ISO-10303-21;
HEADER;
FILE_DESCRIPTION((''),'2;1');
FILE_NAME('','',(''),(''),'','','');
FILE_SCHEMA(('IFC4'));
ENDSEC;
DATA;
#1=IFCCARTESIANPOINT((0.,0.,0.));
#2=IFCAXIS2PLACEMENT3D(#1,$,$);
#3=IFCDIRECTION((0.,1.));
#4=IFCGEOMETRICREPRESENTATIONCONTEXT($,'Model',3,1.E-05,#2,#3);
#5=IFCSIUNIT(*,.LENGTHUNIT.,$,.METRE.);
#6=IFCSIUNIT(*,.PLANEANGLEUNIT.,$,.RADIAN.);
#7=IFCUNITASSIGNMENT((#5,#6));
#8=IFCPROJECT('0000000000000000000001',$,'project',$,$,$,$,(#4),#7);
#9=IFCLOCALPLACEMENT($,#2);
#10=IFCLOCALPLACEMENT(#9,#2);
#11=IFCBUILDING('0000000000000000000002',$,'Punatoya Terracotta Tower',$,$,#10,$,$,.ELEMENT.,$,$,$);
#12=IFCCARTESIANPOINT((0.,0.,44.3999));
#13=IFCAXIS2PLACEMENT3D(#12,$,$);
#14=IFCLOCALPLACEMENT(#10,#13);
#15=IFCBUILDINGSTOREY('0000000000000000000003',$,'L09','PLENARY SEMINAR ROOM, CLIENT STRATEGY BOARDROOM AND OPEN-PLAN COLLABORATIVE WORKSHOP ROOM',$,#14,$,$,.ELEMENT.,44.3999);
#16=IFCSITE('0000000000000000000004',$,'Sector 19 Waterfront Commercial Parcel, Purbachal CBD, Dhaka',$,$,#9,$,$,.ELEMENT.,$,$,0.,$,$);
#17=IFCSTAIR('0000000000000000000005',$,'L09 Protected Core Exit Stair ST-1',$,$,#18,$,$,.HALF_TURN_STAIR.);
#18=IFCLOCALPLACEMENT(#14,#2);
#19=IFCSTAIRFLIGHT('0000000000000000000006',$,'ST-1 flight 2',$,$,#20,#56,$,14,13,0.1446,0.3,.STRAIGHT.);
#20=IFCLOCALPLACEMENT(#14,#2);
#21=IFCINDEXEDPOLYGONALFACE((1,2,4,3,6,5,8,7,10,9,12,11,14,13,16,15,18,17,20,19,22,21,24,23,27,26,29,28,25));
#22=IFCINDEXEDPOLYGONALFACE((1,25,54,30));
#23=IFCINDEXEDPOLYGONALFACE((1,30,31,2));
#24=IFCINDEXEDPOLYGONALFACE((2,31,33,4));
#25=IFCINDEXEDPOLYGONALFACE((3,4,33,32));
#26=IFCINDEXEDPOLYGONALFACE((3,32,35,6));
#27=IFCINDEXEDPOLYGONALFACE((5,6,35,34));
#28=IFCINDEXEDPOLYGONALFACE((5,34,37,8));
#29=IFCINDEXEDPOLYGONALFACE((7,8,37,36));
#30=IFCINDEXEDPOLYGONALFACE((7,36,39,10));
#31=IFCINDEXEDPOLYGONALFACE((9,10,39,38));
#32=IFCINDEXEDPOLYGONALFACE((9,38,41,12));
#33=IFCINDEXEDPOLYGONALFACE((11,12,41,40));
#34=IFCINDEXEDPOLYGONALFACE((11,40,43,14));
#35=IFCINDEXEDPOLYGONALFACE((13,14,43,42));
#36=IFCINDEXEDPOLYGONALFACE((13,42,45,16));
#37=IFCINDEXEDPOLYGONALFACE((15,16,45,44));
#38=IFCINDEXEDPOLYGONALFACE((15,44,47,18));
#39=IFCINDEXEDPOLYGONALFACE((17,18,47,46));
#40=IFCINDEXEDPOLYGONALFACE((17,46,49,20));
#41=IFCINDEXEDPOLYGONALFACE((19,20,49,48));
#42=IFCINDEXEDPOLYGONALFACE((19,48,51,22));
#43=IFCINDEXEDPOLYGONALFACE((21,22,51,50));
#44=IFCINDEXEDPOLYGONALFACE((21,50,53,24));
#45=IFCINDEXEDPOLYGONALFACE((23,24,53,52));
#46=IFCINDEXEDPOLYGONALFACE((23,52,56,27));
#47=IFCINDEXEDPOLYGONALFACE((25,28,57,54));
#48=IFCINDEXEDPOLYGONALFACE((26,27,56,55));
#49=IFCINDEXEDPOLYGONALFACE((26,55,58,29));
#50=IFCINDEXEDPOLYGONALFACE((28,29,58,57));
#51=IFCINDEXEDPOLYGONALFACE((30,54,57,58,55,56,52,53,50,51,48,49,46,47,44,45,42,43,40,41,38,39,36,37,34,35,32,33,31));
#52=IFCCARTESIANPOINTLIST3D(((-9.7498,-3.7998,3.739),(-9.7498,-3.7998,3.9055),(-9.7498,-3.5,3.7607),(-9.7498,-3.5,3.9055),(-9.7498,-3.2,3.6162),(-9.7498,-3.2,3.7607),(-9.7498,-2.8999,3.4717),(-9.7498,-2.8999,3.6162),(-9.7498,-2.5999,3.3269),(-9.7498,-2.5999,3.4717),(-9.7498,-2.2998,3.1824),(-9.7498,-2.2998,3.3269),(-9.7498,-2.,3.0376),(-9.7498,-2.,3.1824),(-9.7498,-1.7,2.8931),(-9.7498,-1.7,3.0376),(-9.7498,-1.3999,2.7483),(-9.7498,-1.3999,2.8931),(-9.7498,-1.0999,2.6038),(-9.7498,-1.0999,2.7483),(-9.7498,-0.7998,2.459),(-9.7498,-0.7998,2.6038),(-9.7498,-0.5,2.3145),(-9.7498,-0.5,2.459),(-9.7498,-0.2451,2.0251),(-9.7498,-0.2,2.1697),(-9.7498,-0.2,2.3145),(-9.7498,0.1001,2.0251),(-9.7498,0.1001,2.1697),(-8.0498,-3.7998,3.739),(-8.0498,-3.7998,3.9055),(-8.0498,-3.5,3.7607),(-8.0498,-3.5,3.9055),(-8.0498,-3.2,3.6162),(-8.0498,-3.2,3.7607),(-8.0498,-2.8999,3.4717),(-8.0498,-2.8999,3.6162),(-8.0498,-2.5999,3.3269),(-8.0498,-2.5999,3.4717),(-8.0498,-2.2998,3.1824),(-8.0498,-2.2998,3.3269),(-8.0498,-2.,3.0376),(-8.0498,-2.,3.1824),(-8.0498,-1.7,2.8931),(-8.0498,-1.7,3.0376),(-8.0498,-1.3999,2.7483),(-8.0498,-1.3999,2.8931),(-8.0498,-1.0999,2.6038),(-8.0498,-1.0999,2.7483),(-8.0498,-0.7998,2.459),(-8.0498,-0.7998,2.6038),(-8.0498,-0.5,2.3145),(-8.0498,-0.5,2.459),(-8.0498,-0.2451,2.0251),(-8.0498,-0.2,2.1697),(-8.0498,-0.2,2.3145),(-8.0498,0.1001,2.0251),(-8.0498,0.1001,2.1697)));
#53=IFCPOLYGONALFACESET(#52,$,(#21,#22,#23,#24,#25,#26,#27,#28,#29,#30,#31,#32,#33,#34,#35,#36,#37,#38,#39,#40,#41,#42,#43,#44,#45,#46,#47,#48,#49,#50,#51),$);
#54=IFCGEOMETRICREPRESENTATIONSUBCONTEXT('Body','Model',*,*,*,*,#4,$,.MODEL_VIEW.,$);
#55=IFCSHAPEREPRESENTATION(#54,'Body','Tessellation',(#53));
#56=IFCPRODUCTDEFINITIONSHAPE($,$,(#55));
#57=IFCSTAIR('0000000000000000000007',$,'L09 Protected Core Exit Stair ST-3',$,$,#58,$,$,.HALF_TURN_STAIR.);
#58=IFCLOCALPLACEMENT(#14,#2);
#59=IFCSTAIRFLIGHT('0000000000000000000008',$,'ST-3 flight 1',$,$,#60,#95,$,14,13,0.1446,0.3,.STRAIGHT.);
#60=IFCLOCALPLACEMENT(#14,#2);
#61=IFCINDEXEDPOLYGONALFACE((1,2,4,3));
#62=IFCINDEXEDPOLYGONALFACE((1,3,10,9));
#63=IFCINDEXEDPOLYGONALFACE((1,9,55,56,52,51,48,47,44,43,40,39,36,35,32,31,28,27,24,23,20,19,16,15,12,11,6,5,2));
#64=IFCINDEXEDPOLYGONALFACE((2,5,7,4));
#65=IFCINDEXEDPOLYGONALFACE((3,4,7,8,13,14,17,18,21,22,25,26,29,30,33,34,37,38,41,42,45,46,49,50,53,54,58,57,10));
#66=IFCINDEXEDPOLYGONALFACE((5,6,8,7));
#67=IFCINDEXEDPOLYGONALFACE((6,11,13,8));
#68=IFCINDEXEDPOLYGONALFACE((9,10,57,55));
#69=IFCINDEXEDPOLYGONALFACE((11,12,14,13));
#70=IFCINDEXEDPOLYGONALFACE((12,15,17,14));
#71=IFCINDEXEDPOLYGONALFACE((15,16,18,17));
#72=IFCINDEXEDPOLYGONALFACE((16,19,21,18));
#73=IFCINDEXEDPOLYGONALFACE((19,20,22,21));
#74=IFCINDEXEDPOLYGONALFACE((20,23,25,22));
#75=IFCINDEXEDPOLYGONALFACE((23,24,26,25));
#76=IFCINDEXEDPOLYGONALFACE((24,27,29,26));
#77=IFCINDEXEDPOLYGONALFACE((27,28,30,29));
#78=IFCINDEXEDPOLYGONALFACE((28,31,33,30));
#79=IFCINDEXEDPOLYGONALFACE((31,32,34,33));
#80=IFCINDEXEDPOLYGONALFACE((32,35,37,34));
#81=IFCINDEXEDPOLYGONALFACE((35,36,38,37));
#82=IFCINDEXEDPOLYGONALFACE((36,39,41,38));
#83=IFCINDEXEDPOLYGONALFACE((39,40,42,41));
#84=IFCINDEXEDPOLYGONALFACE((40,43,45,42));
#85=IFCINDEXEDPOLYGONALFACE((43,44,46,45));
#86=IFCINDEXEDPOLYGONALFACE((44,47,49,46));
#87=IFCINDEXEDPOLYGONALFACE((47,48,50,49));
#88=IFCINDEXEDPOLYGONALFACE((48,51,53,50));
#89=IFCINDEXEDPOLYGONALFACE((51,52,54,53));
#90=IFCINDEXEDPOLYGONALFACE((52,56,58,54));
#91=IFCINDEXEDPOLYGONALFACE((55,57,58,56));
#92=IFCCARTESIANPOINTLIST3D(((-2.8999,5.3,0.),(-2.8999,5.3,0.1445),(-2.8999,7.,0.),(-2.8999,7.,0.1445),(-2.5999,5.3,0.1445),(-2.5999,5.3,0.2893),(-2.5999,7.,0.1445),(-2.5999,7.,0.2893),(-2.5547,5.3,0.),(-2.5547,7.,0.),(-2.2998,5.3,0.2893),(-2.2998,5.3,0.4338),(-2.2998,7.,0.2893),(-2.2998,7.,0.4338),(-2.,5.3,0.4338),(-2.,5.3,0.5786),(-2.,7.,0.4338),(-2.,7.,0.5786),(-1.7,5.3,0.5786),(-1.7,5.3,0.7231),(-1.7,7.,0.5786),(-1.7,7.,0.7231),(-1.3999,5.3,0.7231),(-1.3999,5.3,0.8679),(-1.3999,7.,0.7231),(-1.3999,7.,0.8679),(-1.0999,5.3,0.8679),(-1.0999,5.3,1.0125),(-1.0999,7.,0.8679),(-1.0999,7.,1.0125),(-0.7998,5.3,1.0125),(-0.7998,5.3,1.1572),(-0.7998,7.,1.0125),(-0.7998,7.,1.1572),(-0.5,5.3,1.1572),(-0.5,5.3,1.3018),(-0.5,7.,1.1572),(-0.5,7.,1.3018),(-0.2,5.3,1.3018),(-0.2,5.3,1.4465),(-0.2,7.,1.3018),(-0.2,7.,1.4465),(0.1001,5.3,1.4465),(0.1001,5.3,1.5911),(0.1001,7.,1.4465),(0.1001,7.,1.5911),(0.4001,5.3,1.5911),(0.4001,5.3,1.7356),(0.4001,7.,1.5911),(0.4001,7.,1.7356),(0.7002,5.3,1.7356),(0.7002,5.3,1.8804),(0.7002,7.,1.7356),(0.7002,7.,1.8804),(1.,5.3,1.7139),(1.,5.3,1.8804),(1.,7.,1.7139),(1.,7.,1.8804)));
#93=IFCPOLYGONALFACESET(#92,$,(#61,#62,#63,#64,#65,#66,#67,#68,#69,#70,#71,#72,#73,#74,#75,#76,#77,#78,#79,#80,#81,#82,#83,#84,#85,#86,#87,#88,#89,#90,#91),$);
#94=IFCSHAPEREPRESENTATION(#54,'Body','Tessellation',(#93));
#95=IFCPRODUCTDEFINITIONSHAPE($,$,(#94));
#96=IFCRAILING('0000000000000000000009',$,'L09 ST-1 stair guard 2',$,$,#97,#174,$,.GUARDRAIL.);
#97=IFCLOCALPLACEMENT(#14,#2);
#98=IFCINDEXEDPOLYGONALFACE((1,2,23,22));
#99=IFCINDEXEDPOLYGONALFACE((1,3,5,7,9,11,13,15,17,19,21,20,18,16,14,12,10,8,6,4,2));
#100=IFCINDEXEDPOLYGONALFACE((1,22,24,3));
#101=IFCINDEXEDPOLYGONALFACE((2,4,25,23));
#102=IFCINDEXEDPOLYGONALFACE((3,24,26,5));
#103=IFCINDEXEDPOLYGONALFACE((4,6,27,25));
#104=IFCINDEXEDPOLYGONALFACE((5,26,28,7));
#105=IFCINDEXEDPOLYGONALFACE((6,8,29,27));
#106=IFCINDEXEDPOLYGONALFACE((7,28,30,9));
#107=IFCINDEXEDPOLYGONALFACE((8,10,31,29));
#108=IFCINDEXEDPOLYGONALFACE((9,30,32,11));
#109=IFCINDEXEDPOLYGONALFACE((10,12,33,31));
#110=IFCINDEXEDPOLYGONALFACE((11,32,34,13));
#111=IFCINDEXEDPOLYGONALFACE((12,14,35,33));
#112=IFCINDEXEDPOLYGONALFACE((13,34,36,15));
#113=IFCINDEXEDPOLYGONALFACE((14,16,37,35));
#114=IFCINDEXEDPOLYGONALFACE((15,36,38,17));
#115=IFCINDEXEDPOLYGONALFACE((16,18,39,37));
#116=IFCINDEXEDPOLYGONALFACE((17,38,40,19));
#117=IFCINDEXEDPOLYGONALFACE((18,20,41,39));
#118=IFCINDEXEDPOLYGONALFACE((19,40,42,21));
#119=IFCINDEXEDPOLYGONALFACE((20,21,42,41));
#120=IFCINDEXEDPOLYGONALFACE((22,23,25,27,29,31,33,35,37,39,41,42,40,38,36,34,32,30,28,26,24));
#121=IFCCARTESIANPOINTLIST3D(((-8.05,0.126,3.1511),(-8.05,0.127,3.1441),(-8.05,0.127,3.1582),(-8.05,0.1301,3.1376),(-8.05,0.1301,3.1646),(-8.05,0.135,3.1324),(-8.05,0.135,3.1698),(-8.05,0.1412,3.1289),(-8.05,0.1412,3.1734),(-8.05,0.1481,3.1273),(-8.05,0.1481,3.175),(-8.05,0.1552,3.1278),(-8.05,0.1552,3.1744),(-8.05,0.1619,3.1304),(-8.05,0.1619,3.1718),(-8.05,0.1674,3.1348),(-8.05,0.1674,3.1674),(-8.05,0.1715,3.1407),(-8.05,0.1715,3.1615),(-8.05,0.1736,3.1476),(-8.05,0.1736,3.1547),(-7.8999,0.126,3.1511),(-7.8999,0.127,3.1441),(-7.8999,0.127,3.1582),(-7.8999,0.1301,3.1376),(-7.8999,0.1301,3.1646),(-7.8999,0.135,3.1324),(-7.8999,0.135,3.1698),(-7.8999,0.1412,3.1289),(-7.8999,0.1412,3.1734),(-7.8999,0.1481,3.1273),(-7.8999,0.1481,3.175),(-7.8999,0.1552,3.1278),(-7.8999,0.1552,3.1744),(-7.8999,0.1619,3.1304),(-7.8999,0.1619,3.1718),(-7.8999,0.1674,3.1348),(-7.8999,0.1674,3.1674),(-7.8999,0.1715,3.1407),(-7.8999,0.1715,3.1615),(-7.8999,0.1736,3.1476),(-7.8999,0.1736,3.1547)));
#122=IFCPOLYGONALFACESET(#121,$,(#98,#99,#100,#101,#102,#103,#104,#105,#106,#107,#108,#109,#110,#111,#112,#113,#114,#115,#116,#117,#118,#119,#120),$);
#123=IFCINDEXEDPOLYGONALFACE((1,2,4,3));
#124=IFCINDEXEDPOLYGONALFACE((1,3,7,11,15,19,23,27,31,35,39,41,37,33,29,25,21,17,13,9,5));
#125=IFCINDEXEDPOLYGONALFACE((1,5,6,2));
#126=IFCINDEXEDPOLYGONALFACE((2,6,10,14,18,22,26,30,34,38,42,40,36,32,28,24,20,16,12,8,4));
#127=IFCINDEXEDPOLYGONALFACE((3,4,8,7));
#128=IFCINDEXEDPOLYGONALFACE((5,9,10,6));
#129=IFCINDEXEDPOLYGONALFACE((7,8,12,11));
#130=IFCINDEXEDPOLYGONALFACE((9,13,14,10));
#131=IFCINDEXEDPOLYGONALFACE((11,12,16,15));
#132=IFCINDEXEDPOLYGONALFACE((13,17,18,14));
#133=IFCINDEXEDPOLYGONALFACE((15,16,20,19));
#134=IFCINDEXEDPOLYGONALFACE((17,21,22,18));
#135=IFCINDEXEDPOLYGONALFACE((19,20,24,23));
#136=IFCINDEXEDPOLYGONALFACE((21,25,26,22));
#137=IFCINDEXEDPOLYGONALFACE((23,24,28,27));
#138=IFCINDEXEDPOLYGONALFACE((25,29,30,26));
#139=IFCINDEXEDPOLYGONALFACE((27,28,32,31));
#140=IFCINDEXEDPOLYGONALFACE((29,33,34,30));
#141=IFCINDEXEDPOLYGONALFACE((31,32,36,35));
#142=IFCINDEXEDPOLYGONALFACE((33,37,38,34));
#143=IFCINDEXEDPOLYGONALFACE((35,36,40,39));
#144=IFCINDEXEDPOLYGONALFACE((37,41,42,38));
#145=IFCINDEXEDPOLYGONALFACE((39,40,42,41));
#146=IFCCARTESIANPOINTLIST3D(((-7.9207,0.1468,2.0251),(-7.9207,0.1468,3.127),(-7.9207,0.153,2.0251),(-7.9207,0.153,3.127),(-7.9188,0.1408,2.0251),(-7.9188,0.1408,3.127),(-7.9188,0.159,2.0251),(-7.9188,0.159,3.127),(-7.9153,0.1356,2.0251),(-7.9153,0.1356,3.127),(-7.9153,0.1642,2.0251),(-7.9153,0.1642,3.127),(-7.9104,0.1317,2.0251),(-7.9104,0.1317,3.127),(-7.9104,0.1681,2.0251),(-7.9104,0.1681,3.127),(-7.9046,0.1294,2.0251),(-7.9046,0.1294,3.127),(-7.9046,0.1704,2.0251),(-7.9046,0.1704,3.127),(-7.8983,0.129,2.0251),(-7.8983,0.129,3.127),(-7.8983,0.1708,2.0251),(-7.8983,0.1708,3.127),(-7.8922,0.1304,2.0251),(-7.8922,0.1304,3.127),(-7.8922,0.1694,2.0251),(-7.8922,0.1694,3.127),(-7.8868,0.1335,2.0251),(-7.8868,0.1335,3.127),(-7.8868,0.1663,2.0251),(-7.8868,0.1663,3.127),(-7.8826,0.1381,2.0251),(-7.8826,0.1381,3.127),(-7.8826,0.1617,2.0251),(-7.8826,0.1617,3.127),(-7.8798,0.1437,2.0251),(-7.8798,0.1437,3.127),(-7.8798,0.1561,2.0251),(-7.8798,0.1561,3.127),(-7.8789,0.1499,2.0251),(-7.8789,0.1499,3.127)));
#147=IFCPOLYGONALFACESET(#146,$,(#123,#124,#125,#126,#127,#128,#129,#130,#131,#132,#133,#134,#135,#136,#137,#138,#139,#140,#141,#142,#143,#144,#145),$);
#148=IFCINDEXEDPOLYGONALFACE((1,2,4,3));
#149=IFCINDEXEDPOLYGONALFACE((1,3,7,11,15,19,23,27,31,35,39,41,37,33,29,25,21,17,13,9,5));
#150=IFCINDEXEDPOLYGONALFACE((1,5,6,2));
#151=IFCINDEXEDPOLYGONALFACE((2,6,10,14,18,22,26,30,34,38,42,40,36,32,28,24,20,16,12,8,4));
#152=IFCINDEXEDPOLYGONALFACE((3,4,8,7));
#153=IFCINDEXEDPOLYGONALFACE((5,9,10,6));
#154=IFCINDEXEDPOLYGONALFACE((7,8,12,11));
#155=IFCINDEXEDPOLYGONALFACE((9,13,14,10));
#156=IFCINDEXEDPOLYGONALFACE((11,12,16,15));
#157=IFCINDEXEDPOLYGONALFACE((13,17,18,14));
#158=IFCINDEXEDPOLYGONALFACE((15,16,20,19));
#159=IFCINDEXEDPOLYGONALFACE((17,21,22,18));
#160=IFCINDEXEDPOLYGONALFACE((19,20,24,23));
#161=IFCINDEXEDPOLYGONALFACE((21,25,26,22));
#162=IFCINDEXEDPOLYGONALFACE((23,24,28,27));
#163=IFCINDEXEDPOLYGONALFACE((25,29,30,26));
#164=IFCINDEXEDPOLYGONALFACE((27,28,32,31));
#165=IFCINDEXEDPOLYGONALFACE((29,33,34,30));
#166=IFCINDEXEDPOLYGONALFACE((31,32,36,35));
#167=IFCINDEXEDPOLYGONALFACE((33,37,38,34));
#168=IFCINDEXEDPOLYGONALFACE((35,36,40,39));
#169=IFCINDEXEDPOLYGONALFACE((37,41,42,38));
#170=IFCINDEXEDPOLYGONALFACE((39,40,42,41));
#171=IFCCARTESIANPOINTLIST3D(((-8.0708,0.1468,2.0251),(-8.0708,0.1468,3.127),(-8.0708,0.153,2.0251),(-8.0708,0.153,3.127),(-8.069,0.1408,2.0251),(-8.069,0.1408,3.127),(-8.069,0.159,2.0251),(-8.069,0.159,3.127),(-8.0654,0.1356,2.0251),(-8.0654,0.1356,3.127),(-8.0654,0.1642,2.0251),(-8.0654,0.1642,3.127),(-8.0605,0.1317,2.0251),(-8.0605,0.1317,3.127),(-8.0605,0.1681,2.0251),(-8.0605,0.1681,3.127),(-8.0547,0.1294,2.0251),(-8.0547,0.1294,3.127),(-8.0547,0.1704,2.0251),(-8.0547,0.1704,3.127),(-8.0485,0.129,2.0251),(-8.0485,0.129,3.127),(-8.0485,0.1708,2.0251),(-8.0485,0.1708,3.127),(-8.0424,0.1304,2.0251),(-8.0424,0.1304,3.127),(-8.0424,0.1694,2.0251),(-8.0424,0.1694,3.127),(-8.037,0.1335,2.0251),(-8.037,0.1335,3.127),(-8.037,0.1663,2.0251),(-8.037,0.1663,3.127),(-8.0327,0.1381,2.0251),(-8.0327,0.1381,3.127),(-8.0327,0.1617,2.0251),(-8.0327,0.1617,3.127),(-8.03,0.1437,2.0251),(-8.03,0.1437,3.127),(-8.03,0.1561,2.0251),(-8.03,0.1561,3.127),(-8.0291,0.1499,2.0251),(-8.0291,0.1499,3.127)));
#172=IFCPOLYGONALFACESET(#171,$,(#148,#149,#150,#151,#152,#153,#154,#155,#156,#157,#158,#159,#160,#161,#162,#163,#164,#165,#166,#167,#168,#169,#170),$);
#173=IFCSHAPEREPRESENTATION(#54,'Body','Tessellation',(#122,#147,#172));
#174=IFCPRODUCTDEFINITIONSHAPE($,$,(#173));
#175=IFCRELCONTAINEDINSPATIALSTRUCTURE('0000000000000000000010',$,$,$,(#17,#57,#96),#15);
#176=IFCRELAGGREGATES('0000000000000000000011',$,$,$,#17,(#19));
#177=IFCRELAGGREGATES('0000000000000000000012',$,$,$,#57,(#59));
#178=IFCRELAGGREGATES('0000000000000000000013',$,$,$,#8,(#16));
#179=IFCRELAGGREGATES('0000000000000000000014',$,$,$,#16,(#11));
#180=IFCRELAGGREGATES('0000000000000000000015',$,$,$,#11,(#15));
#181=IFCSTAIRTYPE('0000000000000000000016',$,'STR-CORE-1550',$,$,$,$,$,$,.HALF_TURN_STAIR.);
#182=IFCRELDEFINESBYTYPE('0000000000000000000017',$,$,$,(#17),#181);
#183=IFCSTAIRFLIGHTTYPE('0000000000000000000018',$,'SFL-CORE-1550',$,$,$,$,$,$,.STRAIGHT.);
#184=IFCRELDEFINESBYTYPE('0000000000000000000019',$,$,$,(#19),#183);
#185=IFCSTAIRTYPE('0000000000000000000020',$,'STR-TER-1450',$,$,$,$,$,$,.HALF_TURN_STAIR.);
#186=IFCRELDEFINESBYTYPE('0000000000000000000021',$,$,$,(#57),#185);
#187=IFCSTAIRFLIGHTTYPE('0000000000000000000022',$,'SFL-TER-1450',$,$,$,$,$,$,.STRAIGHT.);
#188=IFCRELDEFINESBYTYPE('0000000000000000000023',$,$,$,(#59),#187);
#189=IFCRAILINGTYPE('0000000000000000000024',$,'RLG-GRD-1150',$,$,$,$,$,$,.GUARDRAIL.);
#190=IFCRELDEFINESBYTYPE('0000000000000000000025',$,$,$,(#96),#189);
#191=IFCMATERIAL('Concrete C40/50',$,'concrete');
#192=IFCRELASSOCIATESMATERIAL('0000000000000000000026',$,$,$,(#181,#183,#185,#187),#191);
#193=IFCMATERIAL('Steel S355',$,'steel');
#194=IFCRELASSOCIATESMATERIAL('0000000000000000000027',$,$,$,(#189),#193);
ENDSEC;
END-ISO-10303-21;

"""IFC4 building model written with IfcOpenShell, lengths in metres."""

from ifc_helpers import new_model, si_unit, direction, frame, origin, origin_2d, place, context, subcontext, project, spatial, polyline, circle, outline, extrude, material, type_object, element, aggregate, save


model = new_model("IFC4")

# Units and contexts
model_context = context("Model", 3, precision=1e-05, world=origin(), true_north=direction((0.0, 1.0)))
body_context = subcontext(model_context, "Body", "Model", "MODEL_VIEW")
ifc_project = project(units=[si_unit("LENGTHUNIT", "METRE"), si_unit("PLANEANGLEUNIT", "RADIAN")], contexts=[model_context])

# Site, building, storey
site_placement = place(None, origin())
site = spatial("IfcSite", under=ifc_project, at=site_placement, Name="Sector 19 Waterfront Commercial Parcel, Purbachal CBD, Dhaka", CompositionType="ELEMENT", RefElevation=0.0)
building_placement = place(site_placement, origin())
building = spatial("IfcBuilding", under=site, at=building_placement, Name="Punatoya Terracotta Tower", CompositionType="ELEMENT")
storey_placement = place(building_placement, frame((0.0, 0.0, 44.3999)))
storey = spatial("IfcBuildingStorey", under=building, at=storey_placement, Name="L09", Description="PLENARY SEMINAR ROOM, CLIENT STRATEGY BOARDROOM AND OPEN-PLAN COLLABORATIVE WORKSHOP ROOM", CompositionType="ELEMENT", Elevation=44.3999)

# Shared definitions
ifc_material_1 = material(Name="Steel S355", Category="steel")

# Shared definitions
ifc_material_2 = material(Name="Concrete C40/50", Category="concrete")

# Stairs, stair flights
stair_type_1 = type_object("IfcStairType", Name="STR-CORE-1550", PredefinedType="HALF_TURN_STAIR", material=ifc_material_2)
stair_1_placement = place(storey_placement, origin())
stair_1 = element("IfcStair", 1, at=stair_1_placement, inside=storey, type_object=stair_type_1, Name="L09 Protected Core Exit Stair ST-1", PredefinedType="HALF_TURN_STAIR")
stair_flight_type_1 = type_object("IfcStairFlightType", Name="SFL-CORE-1550", PredefinedType="STRAIGHT", material=ifc_material_2)
stair_flight_1_placement = place(storey_placement, frame((-8.8999, 0.1001, 2.0251), z_axis=(0.0, 0.0, 1.0), x_axis=(0.0, -1.0, 0.0)))
stair_flight_1 = element("IfcStairFlight", 2, at=stair_flight_1_placement, type_object=stair_flight_type_1, Name="ST-1 flight 2", NumberOfRisers=14, NumberOfTreads=13, PredefinedType="STRAIGHT", RiserHeight=0.1446, TreadLength=0.3, context=body_context, shape_type="SweptSolid", body=[
    extrude(outline(polyline([(0.0, 0.0), (0.0, 0.1445), (0.3, 0.1445), (0.3, 0.2893), (0.6001, 0.2893), (0.6001, 0.4338), (0.8999, 0.4338), (0.8999, 0.5786), (1.2, 0.5786), (1.2, 0.7231), (1.5, 0.7231), (1.5, 0.8679), (1.8, 0.8679), (1.8, 1.0125), (2.1001, 1.0125), (2.1001, 1.1572), (2.3999, 1.1572), (2.3999, 1.3018), (2.7, 1.3018), (2.7, 1.4465), (3.0, 1.4465), (3.0, 1.5911), (3.3, 1.5911), (3.3, 1.7356), (3.6001, 1.7356), (3.6001, 1.8804), (3.8999, 1.8804), (3.8999, 2.0249), (3.8999, 1.7139), (0.3452, 0.0), (0.0, 0.0)])), frame((0.0, 0.8501, 0.0), z_axis=(0.0, -1.0, 0.0), x_axis=(1.0, 0.0, 0.0)), (0.0, 0.0, 1.0), 1.7),
])
aggregate(stair_1, [stair_flight_1])
stair_type_2 = type_object("IfcStairType", Name="STR-TER-1450", PredefinedType="HALF_TURN_STAIR", material=ifc_material_2)
stair_2_placement = place(storey_placement, origin())
stair_2 = element("IfcStair", 3, at=stair_2_placement, inside=storey, type_object=stair_type_2, Name="L09 Protected Core Exit Stair ST-3", PredefinedType="HALF_TURN_STAIR")
stair_flight_type_2 = type_object("IfcStairFlightType", Name="SFL-TER-1450", PredefinedType="STRAIGHT", material=ifc_material_2)
stair_flight_2_placement = place(storey_placement, frame((-2.8999, 6.1499, 0.0), z_axis=(0.0, 0.0, 1.0), x_axis=(1.0, 0.0, 0.0)))
stair_flight_2 = element("IfcStairFlight", 4, at=stair_flight_2_placement, type_object=stair_flight_type_2, Name="ST-3 flight 1", NumberOfRisers=14, NumberOfTreads=13, PredefinedType="STRAIGHT", RiserHeight=0.1446, TreadLength=0.3, context=body_context, shape_type="SweptSolid", body=[
    extrude(outline(polyline([(0.0, 0.0), (0.0, 0.1445), (0.3, 0.1445), (0.3, 0.2893), (0.6001, 0.2893), (0.6001, 0.4338), (0.8999, 0.4338), (0.8999, 0.5786), (1.2, 0.5786), (1.2, 0.7231), (1.5, 0.7231), (1.5, 0.8679), (1.8, 0.8679), (1.8, 1.0125), (2.1001, 1.0125), (2.1001, 1.1572), (2.3999, 1.1572), (2.3999, 1.3018), (2.7, 1.3018), (2.7, 1.4465), (3.0, 1.4465), (3.0, 1.5911), (3.3, 1.5911), (3.3, 1.7356), (3.6001, 1.7356), (3.6001, 1.8804), (3.8999, 1.8804), (3.8999, 2.0249), (3.8999, 1.7139), (0.3452, 0.0), (0.0, 0.0)])), frame((0.0, 0.8501, 0.0), z_axis=(0.0, -1.0, 0.0), x_axis=(1.0, 0.0, 0.0)), (0.0, 0.0, 1.0), 1.7),
])
aggregate(stair_2, [stair_flight_2])

# Railing
railing_type_1 = type_object("IfcRailingType", Name="RLG-GRD-1150", PredefinedType="GUARDRAIL", material=ifc_material_1)
railing_1_placement = place(storey_placement, frame((-7.8999, 0.1499, 2.0251)))
element("IfcRailing", 5, at=railing_1_placement, inside=storey, type_object=railing_type_1, Name="L09 ST-1 stair guard 2", PredefinedType="GUARDRAIL", context=body_context, shape_type="SweptSolid", body=[
    extrude(circle(Radius=0.0239, at=origin_2d()), frame((0.0, 0.0, 1.126), z_axis=(-1.0, 0.0, 0.0), x_axis=(0.0, -1.0, 0.0)), (0.0, 0.0, 1.0), 0.1501),
    extrude(circle(Radius=0.021, at=origin_2d()), origin(), (0.0, 0.0, 1.0), 1.1018),
    extrude(circle(Radius=0.021, at=origin_2d()), frame((-0.1501, 0.0, 0.0)), (0.0, 0.0, 1.0), 1.1018),
])

save(model, "model.ifc")
